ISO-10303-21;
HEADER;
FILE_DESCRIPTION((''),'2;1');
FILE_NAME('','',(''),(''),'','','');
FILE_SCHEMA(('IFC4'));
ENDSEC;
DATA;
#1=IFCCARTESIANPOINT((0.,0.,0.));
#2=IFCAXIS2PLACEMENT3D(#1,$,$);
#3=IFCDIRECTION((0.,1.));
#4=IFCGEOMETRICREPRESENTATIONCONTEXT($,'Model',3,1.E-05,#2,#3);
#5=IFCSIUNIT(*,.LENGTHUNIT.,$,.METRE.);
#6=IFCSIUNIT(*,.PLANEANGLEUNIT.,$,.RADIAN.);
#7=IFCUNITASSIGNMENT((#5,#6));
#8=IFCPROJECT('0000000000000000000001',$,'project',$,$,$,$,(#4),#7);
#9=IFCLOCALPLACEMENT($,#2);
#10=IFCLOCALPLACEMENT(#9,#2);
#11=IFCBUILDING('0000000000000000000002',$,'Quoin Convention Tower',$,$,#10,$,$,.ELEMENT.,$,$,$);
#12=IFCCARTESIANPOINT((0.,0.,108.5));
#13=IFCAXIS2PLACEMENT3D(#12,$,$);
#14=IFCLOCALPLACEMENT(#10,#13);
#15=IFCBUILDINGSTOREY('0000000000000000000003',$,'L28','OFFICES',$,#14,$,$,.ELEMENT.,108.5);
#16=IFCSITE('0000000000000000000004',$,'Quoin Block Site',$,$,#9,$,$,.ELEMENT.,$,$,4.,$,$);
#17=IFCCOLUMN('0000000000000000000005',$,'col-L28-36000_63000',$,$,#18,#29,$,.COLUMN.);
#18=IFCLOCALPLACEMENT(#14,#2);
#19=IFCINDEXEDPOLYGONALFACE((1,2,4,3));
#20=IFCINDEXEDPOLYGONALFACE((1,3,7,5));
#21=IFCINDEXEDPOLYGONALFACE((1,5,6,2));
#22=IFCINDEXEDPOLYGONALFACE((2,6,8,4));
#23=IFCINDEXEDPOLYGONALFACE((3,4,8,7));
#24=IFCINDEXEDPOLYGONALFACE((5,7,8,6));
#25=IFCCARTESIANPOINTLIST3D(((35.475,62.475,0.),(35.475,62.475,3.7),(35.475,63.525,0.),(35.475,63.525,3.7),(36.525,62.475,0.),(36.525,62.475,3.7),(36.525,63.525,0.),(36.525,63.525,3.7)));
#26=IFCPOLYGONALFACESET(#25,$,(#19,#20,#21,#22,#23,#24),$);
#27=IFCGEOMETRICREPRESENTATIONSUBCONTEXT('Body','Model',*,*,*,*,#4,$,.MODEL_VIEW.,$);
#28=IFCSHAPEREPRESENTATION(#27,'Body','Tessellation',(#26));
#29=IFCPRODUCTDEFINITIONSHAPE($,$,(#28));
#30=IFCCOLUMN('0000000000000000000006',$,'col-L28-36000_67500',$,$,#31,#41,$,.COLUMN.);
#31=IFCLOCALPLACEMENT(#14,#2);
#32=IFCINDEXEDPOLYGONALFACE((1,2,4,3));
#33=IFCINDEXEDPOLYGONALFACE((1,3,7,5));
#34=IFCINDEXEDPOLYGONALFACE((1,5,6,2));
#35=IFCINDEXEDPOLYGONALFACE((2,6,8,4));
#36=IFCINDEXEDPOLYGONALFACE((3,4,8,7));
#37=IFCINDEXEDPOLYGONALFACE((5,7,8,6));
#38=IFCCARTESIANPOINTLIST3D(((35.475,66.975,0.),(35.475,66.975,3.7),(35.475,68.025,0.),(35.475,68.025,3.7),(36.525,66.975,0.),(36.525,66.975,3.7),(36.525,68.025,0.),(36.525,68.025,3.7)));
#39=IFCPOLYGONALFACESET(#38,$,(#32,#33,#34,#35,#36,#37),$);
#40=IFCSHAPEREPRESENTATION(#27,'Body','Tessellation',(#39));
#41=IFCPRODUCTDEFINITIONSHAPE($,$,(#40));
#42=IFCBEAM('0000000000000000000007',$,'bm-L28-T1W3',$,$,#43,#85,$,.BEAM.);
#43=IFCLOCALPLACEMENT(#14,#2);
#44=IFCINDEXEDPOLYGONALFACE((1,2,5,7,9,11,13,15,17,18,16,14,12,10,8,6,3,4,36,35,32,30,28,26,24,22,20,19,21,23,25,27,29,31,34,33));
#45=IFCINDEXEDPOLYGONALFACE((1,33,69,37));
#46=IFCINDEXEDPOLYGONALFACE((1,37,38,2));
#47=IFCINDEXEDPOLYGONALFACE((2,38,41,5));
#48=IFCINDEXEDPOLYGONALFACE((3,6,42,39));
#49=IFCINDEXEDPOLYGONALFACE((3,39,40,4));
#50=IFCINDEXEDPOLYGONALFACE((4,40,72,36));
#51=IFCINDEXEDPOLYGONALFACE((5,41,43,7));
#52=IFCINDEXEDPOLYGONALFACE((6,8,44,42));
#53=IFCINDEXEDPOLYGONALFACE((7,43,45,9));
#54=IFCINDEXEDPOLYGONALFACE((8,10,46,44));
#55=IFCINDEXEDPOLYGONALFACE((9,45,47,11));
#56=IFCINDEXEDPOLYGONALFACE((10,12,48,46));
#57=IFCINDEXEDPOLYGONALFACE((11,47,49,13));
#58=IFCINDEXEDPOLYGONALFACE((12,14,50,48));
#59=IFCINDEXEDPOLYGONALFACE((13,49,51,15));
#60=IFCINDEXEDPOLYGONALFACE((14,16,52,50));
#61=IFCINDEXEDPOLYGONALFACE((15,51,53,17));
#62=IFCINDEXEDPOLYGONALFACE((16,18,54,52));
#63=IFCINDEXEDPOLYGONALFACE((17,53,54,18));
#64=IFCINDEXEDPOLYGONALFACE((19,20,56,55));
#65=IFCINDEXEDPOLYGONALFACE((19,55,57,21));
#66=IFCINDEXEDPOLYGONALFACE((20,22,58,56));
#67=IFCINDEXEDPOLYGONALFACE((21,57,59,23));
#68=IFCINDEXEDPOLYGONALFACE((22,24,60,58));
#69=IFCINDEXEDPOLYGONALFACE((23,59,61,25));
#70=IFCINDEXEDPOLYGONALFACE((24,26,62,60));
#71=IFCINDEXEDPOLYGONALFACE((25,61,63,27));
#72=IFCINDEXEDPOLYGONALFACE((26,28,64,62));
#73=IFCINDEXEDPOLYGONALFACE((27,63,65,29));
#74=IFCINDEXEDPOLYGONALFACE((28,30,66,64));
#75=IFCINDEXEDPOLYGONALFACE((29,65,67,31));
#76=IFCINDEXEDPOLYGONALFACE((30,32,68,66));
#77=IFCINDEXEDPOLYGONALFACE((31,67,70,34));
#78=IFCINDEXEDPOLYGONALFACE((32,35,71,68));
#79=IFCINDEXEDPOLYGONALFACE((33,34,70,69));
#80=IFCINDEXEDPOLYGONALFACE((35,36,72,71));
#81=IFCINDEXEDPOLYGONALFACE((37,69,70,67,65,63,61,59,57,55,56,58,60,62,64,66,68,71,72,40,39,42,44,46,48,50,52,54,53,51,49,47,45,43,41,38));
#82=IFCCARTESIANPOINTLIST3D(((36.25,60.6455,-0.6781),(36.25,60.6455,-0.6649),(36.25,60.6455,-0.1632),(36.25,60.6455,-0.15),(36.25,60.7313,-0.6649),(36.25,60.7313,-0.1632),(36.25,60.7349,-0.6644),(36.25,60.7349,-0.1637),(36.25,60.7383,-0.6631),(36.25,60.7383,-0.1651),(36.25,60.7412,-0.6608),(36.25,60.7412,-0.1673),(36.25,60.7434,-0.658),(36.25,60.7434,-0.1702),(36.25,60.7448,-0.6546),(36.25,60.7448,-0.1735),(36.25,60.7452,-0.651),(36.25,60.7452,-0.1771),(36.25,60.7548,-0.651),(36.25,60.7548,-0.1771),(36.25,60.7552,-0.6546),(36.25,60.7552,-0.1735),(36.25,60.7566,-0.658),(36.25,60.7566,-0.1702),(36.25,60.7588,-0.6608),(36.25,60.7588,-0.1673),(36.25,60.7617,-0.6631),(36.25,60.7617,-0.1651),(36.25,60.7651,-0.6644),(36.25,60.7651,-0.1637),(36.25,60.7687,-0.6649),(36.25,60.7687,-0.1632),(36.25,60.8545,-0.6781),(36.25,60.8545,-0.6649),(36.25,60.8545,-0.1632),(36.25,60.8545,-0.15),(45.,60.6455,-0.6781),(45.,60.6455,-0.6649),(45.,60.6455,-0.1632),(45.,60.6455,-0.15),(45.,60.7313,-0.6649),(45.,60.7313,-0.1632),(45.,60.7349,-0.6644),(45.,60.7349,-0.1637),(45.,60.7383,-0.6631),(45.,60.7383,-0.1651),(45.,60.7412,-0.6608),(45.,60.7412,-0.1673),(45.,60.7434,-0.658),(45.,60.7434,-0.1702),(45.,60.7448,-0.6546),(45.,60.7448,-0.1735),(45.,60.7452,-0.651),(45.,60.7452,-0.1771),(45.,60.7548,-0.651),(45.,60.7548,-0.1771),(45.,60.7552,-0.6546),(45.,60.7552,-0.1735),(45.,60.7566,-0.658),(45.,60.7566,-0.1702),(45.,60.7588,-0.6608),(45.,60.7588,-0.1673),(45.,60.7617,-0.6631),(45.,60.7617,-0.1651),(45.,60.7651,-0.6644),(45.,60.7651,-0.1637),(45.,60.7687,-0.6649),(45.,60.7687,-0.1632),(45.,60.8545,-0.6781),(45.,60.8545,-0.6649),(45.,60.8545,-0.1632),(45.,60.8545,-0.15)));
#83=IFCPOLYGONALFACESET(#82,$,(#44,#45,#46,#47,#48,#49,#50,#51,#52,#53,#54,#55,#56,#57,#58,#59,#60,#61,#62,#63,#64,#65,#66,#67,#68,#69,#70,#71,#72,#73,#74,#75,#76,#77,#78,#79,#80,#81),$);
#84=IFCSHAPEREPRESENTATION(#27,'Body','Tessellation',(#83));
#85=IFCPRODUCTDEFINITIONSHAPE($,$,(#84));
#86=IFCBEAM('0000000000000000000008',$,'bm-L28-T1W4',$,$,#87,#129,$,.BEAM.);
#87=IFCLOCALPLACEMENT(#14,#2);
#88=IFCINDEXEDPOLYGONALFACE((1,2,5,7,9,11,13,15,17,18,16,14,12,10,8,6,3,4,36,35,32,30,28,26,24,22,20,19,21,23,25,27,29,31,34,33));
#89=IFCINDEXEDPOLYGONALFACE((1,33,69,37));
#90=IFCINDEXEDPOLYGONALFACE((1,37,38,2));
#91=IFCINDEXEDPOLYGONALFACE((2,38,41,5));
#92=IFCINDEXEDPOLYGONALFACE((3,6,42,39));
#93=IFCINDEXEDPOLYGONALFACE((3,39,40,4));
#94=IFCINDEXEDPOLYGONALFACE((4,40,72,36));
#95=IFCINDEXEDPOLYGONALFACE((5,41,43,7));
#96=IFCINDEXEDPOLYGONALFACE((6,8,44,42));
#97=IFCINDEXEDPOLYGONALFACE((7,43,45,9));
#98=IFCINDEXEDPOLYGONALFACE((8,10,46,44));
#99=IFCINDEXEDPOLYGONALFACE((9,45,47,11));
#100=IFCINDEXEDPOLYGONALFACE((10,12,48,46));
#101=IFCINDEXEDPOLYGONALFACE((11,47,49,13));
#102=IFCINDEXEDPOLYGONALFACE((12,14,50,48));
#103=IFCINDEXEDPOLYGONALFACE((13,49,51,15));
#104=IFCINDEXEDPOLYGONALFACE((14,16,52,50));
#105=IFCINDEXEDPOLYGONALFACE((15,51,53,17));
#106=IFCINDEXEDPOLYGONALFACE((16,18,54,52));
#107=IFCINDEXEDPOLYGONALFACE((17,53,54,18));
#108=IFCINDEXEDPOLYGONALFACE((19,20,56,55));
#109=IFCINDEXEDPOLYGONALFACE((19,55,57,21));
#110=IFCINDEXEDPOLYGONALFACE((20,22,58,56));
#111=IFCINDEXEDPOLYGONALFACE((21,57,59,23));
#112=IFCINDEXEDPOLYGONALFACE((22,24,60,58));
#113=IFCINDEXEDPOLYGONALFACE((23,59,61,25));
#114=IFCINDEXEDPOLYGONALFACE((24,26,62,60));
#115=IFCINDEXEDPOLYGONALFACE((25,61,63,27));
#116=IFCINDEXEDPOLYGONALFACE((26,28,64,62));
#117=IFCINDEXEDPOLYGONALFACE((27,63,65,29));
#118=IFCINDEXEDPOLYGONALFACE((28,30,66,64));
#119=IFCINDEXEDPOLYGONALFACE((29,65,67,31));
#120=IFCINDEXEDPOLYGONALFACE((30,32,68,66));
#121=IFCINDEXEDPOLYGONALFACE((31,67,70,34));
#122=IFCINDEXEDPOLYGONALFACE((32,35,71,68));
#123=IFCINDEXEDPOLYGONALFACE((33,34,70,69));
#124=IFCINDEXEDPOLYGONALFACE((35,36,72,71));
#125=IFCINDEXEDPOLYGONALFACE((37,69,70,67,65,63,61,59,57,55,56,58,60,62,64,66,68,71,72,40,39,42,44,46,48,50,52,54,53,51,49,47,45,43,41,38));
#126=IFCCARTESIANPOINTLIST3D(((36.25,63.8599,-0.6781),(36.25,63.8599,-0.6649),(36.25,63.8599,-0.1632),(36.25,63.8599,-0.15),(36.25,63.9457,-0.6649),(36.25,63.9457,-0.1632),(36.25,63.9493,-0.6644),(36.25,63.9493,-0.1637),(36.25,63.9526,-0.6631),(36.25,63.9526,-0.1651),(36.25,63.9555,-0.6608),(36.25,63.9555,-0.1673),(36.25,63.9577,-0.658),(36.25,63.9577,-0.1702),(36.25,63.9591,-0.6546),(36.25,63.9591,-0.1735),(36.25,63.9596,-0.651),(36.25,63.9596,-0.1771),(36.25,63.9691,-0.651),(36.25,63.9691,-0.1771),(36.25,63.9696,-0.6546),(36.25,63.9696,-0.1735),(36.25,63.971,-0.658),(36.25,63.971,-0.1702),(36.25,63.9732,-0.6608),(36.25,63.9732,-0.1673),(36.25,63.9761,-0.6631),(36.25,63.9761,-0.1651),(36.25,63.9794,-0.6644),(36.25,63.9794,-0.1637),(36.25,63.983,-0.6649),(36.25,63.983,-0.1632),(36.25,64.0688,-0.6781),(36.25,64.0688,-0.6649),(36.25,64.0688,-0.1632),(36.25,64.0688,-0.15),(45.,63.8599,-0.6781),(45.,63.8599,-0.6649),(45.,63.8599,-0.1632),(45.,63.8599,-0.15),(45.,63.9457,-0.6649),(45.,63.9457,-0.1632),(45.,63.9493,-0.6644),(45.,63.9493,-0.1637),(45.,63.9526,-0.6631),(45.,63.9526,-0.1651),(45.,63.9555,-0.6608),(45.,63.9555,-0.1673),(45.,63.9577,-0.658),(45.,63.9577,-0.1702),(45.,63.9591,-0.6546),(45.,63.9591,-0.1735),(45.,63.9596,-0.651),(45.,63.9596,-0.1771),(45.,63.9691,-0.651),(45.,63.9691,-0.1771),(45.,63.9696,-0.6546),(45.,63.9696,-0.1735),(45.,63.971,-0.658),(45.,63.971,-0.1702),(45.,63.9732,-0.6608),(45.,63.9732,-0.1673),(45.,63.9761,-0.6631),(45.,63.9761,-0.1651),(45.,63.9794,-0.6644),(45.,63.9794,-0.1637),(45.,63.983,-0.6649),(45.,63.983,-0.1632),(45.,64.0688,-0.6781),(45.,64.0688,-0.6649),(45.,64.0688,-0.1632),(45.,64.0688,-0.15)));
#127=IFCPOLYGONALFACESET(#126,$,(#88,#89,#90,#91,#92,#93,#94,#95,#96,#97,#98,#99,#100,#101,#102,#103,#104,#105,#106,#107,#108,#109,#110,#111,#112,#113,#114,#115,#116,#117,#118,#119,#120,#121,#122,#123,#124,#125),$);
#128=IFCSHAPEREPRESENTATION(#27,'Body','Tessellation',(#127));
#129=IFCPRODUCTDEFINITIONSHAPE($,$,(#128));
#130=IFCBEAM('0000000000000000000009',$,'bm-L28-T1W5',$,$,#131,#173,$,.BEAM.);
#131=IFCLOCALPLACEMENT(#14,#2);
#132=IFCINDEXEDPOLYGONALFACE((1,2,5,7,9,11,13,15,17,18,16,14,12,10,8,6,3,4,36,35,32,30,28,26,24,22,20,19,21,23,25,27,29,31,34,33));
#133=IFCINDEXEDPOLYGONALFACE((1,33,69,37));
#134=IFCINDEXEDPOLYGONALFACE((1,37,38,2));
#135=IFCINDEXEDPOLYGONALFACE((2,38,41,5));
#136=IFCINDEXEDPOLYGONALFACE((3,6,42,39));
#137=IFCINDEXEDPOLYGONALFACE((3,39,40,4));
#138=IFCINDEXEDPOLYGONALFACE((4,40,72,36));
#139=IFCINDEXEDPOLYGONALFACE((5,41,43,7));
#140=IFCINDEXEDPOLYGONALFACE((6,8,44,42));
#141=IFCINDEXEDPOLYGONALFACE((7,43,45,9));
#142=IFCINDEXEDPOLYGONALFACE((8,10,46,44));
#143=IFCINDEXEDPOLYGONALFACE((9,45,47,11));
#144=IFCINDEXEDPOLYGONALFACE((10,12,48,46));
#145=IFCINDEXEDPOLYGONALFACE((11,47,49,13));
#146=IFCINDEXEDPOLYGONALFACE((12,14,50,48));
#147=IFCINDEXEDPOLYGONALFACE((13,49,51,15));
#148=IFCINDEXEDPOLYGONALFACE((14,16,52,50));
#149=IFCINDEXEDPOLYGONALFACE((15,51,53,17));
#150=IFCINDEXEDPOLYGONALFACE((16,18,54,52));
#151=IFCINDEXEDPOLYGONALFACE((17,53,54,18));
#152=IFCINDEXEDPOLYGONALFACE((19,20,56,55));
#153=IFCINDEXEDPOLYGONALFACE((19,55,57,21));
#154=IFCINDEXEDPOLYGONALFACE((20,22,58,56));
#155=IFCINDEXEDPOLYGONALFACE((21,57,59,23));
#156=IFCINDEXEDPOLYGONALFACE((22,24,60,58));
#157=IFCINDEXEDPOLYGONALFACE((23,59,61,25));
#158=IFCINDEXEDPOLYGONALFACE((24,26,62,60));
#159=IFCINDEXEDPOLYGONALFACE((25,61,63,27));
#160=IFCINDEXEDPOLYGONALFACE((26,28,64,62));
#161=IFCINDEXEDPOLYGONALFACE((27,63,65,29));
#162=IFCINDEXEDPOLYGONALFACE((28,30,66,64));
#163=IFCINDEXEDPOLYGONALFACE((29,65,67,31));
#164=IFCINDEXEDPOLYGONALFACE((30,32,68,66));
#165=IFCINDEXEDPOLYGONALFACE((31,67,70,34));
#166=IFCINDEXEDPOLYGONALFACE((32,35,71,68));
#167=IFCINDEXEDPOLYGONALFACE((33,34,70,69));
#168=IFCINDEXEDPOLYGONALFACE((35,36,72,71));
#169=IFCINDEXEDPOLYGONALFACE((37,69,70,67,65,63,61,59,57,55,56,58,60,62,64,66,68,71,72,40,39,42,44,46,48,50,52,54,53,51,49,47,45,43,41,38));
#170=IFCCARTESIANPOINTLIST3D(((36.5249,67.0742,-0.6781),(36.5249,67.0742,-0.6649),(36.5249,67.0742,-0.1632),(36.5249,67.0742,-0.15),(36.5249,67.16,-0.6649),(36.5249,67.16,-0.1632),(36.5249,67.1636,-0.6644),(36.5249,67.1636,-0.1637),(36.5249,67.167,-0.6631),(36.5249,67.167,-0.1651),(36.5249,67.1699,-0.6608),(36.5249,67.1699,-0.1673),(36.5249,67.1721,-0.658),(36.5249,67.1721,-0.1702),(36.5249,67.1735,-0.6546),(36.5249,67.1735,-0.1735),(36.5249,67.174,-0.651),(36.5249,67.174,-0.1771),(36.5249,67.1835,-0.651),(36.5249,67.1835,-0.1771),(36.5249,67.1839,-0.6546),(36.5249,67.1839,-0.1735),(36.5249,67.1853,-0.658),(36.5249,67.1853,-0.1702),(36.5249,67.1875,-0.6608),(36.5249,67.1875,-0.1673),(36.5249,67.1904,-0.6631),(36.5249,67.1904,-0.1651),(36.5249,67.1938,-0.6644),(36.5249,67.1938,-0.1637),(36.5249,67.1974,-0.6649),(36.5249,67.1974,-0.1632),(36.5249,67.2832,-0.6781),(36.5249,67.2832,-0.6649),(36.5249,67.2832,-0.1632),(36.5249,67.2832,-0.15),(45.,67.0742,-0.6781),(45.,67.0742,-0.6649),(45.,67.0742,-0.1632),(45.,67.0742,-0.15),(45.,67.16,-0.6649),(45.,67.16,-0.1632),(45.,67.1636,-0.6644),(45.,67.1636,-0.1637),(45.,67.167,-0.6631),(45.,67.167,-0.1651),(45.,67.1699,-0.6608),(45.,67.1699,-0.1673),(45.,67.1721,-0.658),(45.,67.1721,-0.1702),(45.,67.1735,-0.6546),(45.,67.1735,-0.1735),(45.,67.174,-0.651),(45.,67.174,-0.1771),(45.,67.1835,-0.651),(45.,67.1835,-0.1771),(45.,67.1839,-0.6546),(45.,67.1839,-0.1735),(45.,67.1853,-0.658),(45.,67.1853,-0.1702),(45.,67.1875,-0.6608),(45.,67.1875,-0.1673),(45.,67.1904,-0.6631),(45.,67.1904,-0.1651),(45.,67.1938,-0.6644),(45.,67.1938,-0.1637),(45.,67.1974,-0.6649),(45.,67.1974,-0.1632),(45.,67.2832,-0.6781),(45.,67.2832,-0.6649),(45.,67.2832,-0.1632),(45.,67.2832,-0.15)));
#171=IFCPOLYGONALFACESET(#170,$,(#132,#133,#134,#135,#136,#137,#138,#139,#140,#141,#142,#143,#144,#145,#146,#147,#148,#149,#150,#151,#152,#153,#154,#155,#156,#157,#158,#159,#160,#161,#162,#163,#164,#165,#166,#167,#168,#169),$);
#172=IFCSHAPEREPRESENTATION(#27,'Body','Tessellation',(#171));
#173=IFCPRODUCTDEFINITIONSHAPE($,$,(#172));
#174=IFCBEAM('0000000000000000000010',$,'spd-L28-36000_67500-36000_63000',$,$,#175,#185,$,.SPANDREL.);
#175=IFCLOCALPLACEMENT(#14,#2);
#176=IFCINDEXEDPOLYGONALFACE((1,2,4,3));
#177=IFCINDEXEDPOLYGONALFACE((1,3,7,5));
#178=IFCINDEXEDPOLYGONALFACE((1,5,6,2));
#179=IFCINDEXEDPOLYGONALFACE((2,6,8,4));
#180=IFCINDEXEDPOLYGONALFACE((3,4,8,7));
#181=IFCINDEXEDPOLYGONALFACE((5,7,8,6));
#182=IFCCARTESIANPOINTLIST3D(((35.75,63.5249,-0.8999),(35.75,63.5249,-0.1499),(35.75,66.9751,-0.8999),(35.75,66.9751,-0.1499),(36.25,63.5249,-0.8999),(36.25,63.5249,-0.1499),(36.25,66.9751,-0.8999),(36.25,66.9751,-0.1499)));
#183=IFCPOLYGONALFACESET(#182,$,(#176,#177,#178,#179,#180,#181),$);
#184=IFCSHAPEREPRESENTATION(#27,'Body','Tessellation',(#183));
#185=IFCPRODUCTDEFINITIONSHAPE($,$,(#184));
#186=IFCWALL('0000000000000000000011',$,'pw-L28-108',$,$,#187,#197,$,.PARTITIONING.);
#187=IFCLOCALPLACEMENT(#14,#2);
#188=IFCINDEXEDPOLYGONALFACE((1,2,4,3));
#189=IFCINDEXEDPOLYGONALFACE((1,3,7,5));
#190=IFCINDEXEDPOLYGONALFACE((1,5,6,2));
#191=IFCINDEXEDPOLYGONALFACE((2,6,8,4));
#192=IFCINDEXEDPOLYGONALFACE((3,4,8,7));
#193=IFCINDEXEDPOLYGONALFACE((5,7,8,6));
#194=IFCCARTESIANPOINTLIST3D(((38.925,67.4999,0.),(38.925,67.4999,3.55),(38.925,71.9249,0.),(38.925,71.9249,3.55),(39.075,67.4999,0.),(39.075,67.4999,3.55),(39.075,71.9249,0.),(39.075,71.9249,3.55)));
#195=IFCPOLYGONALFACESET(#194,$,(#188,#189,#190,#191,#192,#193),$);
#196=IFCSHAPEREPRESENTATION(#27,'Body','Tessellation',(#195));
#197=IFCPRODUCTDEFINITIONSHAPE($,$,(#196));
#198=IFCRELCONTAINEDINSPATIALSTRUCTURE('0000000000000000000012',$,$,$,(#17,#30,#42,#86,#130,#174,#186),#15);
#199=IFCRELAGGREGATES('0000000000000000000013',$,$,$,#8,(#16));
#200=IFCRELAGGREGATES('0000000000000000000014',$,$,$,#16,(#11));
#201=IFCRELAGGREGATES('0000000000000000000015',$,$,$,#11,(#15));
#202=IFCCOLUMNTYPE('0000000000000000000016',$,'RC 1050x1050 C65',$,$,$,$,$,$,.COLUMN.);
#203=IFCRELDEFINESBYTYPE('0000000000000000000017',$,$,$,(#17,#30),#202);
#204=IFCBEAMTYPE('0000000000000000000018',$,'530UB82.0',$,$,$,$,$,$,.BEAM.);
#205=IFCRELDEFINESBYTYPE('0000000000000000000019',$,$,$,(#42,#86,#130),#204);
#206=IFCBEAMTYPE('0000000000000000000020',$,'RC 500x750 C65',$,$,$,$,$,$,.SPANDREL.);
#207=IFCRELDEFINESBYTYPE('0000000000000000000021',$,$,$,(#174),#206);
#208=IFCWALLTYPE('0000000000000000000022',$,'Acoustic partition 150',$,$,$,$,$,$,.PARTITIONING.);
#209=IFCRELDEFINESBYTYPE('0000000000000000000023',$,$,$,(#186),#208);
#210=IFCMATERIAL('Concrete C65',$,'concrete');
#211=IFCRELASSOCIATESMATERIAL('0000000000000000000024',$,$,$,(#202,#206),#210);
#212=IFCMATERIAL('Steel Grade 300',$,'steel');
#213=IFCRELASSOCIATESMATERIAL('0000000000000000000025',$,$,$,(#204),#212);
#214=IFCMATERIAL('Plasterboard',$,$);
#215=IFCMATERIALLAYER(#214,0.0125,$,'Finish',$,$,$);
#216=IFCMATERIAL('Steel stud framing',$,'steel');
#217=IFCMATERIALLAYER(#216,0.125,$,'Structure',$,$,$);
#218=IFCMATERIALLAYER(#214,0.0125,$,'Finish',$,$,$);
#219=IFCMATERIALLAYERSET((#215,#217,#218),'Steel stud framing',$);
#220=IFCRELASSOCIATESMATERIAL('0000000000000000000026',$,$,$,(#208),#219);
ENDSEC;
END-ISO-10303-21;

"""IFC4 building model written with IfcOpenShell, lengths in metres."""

from ifc_helpers import new_model, si_unit, direction, frame, frame_2d, origin, origin_2d, place, context, subcontext, project, spatial, rectangle, i_section, extrude, material, layer, layer_set, material_profile, profile_set, type_object, element, save


model = new_model("IFC4")

# Units and contexts
model_context = context("Model", 3, precision=1e-05, world=origin(), true_north=direction((0.0, 1.0)))
body_context = subcontext(model_context, "Body", "Model", "MODEL_VIEW")
ifc_project = project(units=[si_unit("LENGTHUNIT", "METRE"), si_unit("PLANEANGLEUNIT", "RADIAN")], contexts=[model_context])

# Site, building, storey
site_placement = place(None, origin())
site = spatial("IfcSite", under=ifc_project, at=site_placement, Name="Quoin Block Site", CompositionType="ELEMENT", RefElevation=4.0)
building_placement = place(site_placement, origin())
building = spatial("IfcBuilding", under=site, at=building_placement, Name="Quoin Convention Tower", CompositionType="ELEMENT")
storey_placement = place(building_placement, frame((0.0, 0.0, 108.5)))
storey = spatial("IfcBuildingStorey", under=building, at=storey_placement, Name="L28", Description="OFFICES", CompositionType="ELEMENT", Elevation=108.5)

# Columns
ifc_material_1 = material(Name="Concrete C65", Category="concrete")
ifc_material_profile_1 = material_profile(ifc_material_1, rectangle(XDim=1.05, YDim=1.05, at=origin_2d()), Name="RC 1050x1050")
ifc_profile_set_1 = profile_set([ifc_material_profile_1], Name="Concrete C65")
column_type = type_object("IfcColumnType", Name="RC 1050x1050 C65", PredefinedType="COLUMN", material=ifc_profile_set_1)
for number, where, z_axis, x_axis, name in (
    (1, (36.0, 63.0, 0.0), (0.0, 0.0, 1.0), (1.0, 0.0, 0.0), "col-L28-36000_63000"),
    (2, (36.0, 67.5, 0.0), (0.0, 0.0, 1.0), (1.0, 0.0, 0.0), "col-L28-36000_67500"),
):
    element("IfcColumn", number, at=place(storey_placement, frame(where, z_axis=z_axis, x_axis=x_axis)), inside=storey, type_object=column_type, Name=name, PredefinedType="COLUMN", context=body_context, shape_type="SweptSolid", body=[
        extrude(rectangle(XDim=1.05, YDim=1.05, at=origin_2d()), origin(), (0.0, 0.0, 1.0), 3.7),
    ])

# Beams
ifc_material_2 = material(Name="Steel Grade 300", Category="steel")
ifc_material_profile_2 = material_profile(ifc_material_2, i_section(OverallWidth=0.209, OverallDepth=0.5281, WebThickness=0.0095, FlangeThickness=0.0132, FilletRadius=0.0139, at=origin_2d()), Name="530UB82.0")
ifc_profile_set_2 = profile_set([ifc_material_profile_2], Name="Steel Grade 300")
beam_type_1 = type_object("IfcBeamType", Name="530UB82.0", PredefinedType="BEAM", material=ifc_profile_set_2)
for number, where, z_axis, x_axis, name in (
    (3, (36.25, 60.75, -0.4141), (1.0, 0.0, 0.0), (0.0, 1.0, 0.0), "bm-L28-T1W3"),
    (4, (36.25, 63.9644, -0.4141), (1.0, 0.0, 0.0), (0.0, 1.0, 0.0), "bm-L28-T1W4"),
):
    element("IfcBeam", number, at=place(storey_placement, frame(where, z_axis=z_axis, x_axis=x_axis)), inside=storey, type_object=beam_type_1, Name=name, PredefinedType="BEAM", context=body_context, shape_type="SweptSolid", body=[
        extrude(i_section(OverallWidth=0.209, OverallDepth=0.5281, WebThickness=0.0095, FlangeThickness=0.0132, FilletRadius=0.0139, at=origin_2d()), origin(), (0.0, 0.0, 1.0), 8.75),
    ])
beam_1_placement = place(storey_placement, frame((36.5249, 67.1787, -0.4141), z_axis=(1.0, 0.0, 0.0), x_axis=(0.0, 1.0, 0.0)))
element("IfcBeam", 5, at=beam_1_placement, inside=storey, type_object=beam_type_1, Name="bm-L28-T1W5", PredefinedType="BEAM", context=body_context, shape_type="SweptSolid", body=[
    extrude(i_section(OverallWidth=0.209, OverallDepth=0.5281, WebThickness=0.0095, FlangeThickness=0.0132, FilletRadius=0.0139, at=origin_2d()), origin(), (0.0, 0.0, 1.0), 8.4751),
])
ifc_material_profile_3 = material_profile(ifc_material_1, rectangle(XDim=0.5, YDim=0.75, at=origin_2d()), Name="RC 500x750")
ifc_profile_set_3 = profile_set([ifc_material_profile_3], Name="Concrete C65")
beam_type_2 = type_object("IfcBeamType", Name="RC 500x750 C65", PredefinedType="SPANDREL", material=ifc_profile_set_3)
beam_2_placement = place(storey_placement, frame((36.0, 66.9751, -0.5249), z_axis=(0.0, -1.0, 0.0), x_axis=(1.0, 0.0, 0.0)))
element("IfcBeam", 6, at=beam_2_placement, inside=storey, type_object=beam_type_2, Name="spd-L28-36000_67500-36000_63000", PredefinedType="SPANDREL", context=body_context, shape_type="SweptSolid", body=[
    extrude(rectangle(XDim=0.5, YDim=0.75, at=origin_2d()), origin(), (0.0, 0.0, 1.0), 3.4502),
])

# Wall
ifc_material_3 = material(Name="Plasterboard")
ifc_layer_1 = layer(ifc_material_3, 0.0125, Name="Finish")
ifc_material_4 = material(Name="Steel stud framing", Category="steel")
ifc_layer_2 = layer(ifc_material_4, 0.125, Name="Structure")
ifc_layer_3 = layer(ifc_material_3, 0.0125, Name="Finish")
ifc_layer_set_1 = layer_set([ifc_layer_1, ifc_layer_2, ifc_layer_3], Name="Steel stud framing")
wall_type_1 = type_object("IfcWallType", Name="Acoustic partition 150", PredefinedType="PARTITIONING", material=ifc_layer_set_1)
wall_1_placement = place(storey_placement, frame((39.0, 67.5, 0.0), z_axis=(0.0, 0.0, 1.0), x_axis=(0.0, 1.0, 0.0)))
element("IfcWall", 7, at=wall_1_placement, inside=storey, type_object=wall_type_1, Name="pw-L28-108", PredefinedType="PARTITIONING", context=body_context, shape_type="SweptSolid", body=[
    extrude(rectangle(XDim=4.425, YDim=0.1499, at=frame_2d((2.2124, 0.0))), origin(), (0.0, 0.0, 1.0), 3.55),
])

save(model, "model.ifc")
